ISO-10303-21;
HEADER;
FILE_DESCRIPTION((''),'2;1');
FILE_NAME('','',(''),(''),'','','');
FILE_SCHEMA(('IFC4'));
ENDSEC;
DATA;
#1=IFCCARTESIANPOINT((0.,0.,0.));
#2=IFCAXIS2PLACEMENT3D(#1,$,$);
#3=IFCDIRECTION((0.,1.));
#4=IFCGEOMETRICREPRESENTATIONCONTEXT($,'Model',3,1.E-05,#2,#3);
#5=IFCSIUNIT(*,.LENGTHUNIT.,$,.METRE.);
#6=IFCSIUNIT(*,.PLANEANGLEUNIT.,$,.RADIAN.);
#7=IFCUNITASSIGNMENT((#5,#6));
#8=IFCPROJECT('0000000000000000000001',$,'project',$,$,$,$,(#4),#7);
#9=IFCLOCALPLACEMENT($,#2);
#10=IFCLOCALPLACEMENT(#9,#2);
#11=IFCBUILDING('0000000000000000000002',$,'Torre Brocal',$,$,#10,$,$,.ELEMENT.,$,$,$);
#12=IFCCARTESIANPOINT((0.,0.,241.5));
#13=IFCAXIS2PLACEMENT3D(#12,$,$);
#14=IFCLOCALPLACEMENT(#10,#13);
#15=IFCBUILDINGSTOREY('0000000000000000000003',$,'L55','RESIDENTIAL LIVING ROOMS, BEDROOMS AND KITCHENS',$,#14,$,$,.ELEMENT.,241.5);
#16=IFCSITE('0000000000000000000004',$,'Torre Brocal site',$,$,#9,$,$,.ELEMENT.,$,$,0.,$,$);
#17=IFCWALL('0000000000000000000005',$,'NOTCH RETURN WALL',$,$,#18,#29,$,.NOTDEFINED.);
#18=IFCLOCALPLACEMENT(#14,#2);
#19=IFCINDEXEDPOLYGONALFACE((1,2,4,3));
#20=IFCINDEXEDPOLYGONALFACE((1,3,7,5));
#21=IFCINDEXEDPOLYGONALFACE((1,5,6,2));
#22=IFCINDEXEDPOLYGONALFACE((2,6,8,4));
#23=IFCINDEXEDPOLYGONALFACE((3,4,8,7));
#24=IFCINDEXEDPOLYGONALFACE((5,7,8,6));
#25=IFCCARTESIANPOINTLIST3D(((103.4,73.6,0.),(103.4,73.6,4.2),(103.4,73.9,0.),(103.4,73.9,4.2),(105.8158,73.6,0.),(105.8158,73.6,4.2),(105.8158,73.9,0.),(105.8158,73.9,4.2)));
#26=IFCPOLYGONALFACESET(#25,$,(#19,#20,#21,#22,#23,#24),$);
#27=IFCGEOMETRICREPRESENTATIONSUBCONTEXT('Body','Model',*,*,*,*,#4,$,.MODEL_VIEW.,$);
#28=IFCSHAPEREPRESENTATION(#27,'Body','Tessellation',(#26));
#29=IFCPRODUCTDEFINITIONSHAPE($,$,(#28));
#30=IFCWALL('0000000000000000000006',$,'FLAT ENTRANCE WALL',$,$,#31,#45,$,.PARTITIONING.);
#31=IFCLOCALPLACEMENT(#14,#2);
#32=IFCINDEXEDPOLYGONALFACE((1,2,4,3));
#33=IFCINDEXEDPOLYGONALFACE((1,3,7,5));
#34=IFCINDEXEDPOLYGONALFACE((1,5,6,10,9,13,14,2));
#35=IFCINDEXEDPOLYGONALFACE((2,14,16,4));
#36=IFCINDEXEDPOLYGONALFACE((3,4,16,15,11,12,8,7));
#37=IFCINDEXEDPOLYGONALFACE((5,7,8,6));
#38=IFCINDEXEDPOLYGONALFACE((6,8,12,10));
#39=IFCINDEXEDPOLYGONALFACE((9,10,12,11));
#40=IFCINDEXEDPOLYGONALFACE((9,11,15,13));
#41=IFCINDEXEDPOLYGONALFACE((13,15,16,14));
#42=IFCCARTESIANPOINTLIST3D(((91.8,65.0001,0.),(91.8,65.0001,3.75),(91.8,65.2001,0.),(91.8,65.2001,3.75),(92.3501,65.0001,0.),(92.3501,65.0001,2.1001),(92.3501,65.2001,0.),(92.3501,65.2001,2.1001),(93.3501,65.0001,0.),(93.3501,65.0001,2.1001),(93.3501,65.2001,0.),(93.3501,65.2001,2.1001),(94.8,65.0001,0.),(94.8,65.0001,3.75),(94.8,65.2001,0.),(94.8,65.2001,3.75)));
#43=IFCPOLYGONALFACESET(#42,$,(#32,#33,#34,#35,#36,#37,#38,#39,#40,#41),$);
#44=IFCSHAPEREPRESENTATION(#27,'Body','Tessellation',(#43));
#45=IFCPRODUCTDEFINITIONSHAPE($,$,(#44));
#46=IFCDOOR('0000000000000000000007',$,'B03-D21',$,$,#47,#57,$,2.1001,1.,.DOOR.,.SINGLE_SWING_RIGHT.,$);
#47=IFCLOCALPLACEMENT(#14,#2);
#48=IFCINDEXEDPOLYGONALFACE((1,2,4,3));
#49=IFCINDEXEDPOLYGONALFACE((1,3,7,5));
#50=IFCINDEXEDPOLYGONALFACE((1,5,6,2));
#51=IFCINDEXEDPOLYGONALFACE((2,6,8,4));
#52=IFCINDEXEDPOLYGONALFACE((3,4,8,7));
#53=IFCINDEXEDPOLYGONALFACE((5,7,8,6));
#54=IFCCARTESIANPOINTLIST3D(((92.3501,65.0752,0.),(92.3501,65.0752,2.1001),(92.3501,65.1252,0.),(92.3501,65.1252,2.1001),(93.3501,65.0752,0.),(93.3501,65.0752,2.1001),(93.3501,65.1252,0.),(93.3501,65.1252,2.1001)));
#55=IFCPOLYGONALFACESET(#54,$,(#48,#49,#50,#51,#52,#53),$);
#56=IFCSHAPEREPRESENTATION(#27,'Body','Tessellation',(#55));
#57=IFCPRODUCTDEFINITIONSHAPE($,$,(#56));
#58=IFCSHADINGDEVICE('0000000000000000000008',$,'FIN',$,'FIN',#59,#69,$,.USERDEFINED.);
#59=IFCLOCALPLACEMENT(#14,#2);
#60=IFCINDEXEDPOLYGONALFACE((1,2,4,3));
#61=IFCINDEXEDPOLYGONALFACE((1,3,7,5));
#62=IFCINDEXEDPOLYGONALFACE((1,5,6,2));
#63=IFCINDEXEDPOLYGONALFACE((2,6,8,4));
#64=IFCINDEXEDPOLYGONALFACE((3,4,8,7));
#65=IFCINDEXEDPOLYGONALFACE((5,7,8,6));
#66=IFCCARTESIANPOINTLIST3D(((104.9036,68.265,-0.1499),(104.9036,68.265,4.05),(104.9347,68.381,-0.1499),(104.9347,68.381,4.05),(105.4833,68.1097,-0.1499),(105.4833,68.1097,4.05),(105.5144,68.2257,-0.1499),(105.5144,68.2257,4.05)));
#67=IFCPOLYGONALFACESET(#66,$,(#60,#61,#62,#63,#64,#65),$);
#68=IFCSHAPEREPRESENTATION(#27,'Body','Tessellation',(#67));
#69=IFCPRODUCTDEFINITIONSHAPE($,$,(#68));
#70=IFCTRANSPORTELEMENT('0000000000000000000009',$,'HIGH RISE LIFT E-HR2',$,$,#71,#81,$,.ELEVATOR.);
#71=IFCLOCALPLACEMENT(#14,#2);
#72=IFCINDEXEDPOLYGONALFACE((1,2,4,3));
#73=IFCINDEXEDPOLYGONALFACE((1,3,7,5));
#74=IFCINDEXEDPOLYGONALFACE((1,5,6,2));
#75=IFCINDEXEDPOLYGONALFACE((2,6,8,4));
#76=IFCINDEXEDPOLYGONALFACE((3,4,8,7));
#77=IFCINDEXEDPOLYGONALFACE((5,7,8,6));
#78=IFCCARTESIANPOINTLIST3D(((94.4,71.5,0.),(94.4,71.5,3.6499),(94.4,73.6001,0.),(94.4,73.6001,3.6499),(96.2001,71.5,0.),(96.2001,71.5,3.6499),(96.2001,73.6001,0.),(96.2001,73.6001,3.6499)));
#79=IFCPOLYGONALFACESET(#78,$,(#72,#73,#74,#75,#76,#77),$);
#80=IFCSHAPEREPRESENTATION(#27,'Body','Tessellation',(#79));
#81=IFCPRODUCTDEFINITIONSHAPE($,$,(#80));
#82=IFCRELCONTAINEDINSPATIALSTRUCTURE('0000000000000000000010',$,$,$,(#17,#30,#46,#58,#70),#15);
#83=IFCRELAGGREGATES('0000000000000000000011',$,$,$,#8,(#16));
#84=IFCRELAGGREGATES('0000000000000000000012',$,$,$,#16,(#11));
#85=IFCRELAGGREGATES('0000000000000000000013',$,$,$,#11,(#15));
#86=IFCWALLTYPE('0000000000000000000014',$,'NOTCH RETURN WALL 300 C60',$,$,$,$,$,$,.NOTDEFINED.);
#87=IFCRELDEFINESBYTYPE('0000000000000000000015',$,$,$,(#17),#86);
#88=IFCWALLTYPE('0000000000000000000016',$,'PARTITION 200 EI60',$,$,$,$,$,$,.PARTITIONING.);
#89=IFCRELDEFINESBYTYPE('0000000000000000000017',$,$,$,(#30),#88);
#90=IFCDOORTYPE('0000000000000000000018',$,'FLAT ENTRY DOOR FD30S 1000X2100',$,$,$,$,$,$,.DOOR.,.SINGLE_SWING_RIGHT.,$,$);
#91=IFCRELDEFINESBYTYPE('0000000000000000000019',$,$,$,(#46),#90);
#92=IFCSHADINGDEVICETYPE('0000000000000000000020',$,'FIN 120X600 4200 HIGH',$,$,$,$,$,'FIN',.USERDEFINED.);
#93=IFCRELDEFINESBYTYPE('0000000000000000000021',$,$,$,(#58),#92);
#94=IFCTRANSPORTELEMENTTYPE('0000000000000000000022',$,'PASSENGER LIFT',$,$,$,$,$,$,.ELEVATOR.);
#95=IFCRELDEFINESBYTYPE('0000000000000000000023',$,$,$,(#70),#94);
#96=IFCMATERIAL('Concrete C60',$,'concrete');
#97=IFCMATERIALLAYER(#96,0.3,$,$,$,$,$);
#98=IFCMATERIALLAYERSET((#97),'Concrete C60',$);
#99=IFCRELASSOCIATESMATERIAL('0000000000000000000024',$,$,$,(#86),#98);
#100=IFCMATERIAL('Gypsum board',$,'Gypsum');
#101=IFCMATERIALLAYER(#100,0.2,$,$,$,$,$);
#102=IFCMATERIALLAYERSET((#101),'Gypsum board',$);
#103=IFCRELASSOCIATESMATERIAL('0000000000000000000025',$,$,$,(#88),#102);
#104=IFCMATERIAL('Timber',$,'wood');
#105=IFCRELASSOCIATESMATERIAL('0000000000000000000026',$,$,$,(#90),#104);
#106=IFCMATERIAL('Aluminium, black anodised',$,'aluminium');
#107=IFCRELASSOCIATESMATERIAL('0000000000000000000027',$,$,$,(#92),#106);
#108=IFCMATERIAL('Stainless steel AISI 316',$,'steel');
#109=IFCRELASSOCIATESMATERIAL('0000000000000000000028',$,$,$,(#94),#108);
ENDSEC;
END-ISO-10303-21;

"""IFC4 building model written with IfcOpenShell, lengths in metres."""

from ifc_helpers import new_model, si_unit, direction, frame, frame_2d, origin, origin_2d, place, context, subcontext, project, spatial, rectangle, extrude, material, layer, layer_set, material_profile, profile_set, type_object, element, fill, save


model = new_model("IFC4")

# Units and contexts
model_context = context("Model", 3, precision=1e-05, world=origin(), true_north=direction((0.0, 1.0)))
body_context = subcontext(model_context, "Body", "Model", "MODEL_VIEW")
ifc_project = project(units=[si_unit("LENGTHUNIT", "METRE"), si_unit("PLANEANGLEUNIT", "RADIAN")], contexts=[model_context])

# Site, building, storey
site_placement = place(None, origin())
site = spatial("IfcSite", under=ifc_project, at=site_placement, Name="Torre Brocal site", CompositionType="ELEMENT", RefElevation=0.0)
building_placement = place(site_placement, origin())
building = spatial("IfcBuilding", under=site, at=building_placement, Name="Torre Brocal", CompositionType="ELEMENT")
storey_placement = place(building_placement, frame((0.0, 0.0, 241.5)))
storey = spatial("IfcBuildingStorey", under=building, at=storey_placement, Name="L55", Description="RESIDENTIAL LIVING ROOMS, BEDROOMS AND KITCHENS", CompositionType="ELEMENT", Elevation=241.5)

# Wall
ifc_material_1 = material(Name="Concrete C60", Category="concrete")
ifc_layer_1 = layer(ifc_material_1, 0.3)
ifc_layer_set_1 = layer_set([ifc_layer_1], Name="Concrete C60")
wall_type_1 = type_object("IfcWallType", Name="NOTCH RETURN WALL 300 C60", PredefinedType="NOTDEFINED", material=ifc_layer_set_1)
wall_1_placement = place(storey_placement, frame((103.3999, 73.75, 0.0), z_axis=(0.0, 0.0, 1.0), x_axis=(1.0, 0.0, 0.0)))
element("IfcWall", 1, at=wall_1_placement, inside=storey, type_object=wall_type_1, Name="NOTCH RETURN WALL", PredefinedType="NOTDEFINED", context=body_context, shape_type="SweptSolid", body=[
    extrude(rectangle(XDim=2.4158, YDim=0.3, at=frame_2d((1.208, 0.0))), origin(), (0.0, 0.0, 1.0), 4.2),
])

# Wall, opening, door
ifc_material_2 = material(Name="Gypsum board", Category="Gypsum")
ifc_layer_2 = layer(ifc_material_2, 0.2)
ifc_layer_set_2 = layer_set([ifc_layer_2], Name="Gypsum board")
wall_type_2 = type_object("IfcWallType", Name="PARTITION 200 EI60", PredefinedType="PARTITIONING", material=ifc_layer_set_2)
wall_2_placement = place(storey_placement, frame((91.8, 65.1001, 0.0), z_axis=(0.0, 0.0, 1.0), x_axis=(1.0, 0.0, 0.0)))
wall_2 = element("IfcWall", 2, at=wall_2_placement, inside=storey, type_object=wall_type_2, Name="FLAT ENTRANCE WALL", PredefinedType="PARTITIONING", context=body_context, shape_type="SweptSolid", body=[
    extrude(rectangle(XDim=3.0, YDim=0.2, at=frame_2d((1.5, 0.0))), origin(), (0.0, 0.0, 1.0), 3.75),
])
opening_1_placement = place(wall_2_placement, frame((0.55, 0.0, 0.0)))
opening_1 = element("IfcOpeningElement", 3, at=opening_1_placement, cuts=wall_2, PredefinedType="OPENING", context=body_context, shape_type="SweptSolid", body=[
    extrude(rectangle(XDim=1.0, YDim=2.1001, at=frame_2d((0.5, 1.05))), frame((0.0, 0.1099, 0.0), z_axis=(0.0, -1.0, 0.0), x_axis=(1.0, 0.0, 0.0)), (0.0, 0.0, 1.0), 0.22),
])
ifc_material_3 = material(Name="Timber", Category="wood")
door_type_1 = type_object("IfcDoorType", Name="FLAT ENTRY DOOR FD30S 1000X2100", OperationType="SINGLE_SWING_RIGHT", PredefinedType="DOOR", material=ifc_material_3)
door_1_placement = place(opening_1_placement, frame((1.0, 0.0, 0.0), z_axis=(0.0, 0.0, 1.0), x_axis=(-1.0, 0.0, 0.0)))
door_1 = element("IfcDoor", 4, at=door_1_placement, inside=storey, type_object=door_type_1, Name="B03-D21", OperationType="SINGLE_SWING_RIGHT", OverallHeight=2.1001, OverallWidth=1.0, PredefinedType="DOOR", context=body_context, shape_type="SweptSolid", body=[
    extrude(rectangle(XDim=1.0, YDim=2.1001, at=frame_2d((0.5, 1.05))), frame((0.0, 0.0249, 0.0), z_axis=(0.0, -1.0, 0.0), x_axis=(1.0, 0.0, 0.0)), (0.0, 0.0, 1.0), 0.05),
])
fill(opening_1, door_1)

# Shading device
ifc_material_4 = material(Name="Aluminium, black anodised", Category="aluminium")
ifc_material_profile_1 = material_profile(ifc_material_4, rectangle(XDim=0.1201, YDim=0.6001, at=origin_2d()), Name="FIN 120X600 4200 HIGH")
ifc_profile_set_1 = profile_set([ifc_material_profile_1], Name="Aluminium, black anodised")
shading_device_type = type_object("IfcShadingDeviceType", Name="FIN 120X600 4200 HIGH", ElementType="FIN", PredefinedType="USERDEFINED", material=ifc_profile_set_1)
shading_device_placement = place(storey_placement, frame((105.209, 68.2454, -0.1499), z_axis=(0.0, 0.0, 1.0), x_axis=(0.258819, 0.965926, 0.0)))
element("IfcShadingDevice", 5, at=shading_device_placement, inside=storey, type_object=shading_device_type, Name="FIN", ObjectType="FIN", PredefinedType="USERDEFINED", context=body_context, shape_type="SweptSolid", body=[
    extrude(rectangle(XDim=0.1201, YDim=0.6001, at=origin_2d()), origin(), (0.0, 0.0, 1.0), 4.2),
])

# Transport element
ifc_material_5 = material(Name="Stainless steel AISI 316", Category="steel")
transport_element_type = type_object("IfcTransportElementType", Name="PASSENGER LIFT", PredefinedType="ELEVATOR", material=ifc_material_5)
transport_element_placement = place(storey_placement, frame((95.3, 72.55, 0.0), z_axis=(0.0, 0.0, 1.0), x_axis=(1.0, 0.0, 0.0)))
element("IfcTransportElement", 6, at=transport_element_placement, inside=storey, type_object=transport_element_type, Name="HIGH RISE LIFT E-HR2", PredefinedType="ELEVATOR", context=body_context, shape_type="SweptSolid", body=[
    extrude(rectangle(XDim=1.8, YDim=2.1001, at=origin_2d()), origin(), (0.0, 0.0, 1.0), 3.6499),
])

save(model, "model.ifc")
